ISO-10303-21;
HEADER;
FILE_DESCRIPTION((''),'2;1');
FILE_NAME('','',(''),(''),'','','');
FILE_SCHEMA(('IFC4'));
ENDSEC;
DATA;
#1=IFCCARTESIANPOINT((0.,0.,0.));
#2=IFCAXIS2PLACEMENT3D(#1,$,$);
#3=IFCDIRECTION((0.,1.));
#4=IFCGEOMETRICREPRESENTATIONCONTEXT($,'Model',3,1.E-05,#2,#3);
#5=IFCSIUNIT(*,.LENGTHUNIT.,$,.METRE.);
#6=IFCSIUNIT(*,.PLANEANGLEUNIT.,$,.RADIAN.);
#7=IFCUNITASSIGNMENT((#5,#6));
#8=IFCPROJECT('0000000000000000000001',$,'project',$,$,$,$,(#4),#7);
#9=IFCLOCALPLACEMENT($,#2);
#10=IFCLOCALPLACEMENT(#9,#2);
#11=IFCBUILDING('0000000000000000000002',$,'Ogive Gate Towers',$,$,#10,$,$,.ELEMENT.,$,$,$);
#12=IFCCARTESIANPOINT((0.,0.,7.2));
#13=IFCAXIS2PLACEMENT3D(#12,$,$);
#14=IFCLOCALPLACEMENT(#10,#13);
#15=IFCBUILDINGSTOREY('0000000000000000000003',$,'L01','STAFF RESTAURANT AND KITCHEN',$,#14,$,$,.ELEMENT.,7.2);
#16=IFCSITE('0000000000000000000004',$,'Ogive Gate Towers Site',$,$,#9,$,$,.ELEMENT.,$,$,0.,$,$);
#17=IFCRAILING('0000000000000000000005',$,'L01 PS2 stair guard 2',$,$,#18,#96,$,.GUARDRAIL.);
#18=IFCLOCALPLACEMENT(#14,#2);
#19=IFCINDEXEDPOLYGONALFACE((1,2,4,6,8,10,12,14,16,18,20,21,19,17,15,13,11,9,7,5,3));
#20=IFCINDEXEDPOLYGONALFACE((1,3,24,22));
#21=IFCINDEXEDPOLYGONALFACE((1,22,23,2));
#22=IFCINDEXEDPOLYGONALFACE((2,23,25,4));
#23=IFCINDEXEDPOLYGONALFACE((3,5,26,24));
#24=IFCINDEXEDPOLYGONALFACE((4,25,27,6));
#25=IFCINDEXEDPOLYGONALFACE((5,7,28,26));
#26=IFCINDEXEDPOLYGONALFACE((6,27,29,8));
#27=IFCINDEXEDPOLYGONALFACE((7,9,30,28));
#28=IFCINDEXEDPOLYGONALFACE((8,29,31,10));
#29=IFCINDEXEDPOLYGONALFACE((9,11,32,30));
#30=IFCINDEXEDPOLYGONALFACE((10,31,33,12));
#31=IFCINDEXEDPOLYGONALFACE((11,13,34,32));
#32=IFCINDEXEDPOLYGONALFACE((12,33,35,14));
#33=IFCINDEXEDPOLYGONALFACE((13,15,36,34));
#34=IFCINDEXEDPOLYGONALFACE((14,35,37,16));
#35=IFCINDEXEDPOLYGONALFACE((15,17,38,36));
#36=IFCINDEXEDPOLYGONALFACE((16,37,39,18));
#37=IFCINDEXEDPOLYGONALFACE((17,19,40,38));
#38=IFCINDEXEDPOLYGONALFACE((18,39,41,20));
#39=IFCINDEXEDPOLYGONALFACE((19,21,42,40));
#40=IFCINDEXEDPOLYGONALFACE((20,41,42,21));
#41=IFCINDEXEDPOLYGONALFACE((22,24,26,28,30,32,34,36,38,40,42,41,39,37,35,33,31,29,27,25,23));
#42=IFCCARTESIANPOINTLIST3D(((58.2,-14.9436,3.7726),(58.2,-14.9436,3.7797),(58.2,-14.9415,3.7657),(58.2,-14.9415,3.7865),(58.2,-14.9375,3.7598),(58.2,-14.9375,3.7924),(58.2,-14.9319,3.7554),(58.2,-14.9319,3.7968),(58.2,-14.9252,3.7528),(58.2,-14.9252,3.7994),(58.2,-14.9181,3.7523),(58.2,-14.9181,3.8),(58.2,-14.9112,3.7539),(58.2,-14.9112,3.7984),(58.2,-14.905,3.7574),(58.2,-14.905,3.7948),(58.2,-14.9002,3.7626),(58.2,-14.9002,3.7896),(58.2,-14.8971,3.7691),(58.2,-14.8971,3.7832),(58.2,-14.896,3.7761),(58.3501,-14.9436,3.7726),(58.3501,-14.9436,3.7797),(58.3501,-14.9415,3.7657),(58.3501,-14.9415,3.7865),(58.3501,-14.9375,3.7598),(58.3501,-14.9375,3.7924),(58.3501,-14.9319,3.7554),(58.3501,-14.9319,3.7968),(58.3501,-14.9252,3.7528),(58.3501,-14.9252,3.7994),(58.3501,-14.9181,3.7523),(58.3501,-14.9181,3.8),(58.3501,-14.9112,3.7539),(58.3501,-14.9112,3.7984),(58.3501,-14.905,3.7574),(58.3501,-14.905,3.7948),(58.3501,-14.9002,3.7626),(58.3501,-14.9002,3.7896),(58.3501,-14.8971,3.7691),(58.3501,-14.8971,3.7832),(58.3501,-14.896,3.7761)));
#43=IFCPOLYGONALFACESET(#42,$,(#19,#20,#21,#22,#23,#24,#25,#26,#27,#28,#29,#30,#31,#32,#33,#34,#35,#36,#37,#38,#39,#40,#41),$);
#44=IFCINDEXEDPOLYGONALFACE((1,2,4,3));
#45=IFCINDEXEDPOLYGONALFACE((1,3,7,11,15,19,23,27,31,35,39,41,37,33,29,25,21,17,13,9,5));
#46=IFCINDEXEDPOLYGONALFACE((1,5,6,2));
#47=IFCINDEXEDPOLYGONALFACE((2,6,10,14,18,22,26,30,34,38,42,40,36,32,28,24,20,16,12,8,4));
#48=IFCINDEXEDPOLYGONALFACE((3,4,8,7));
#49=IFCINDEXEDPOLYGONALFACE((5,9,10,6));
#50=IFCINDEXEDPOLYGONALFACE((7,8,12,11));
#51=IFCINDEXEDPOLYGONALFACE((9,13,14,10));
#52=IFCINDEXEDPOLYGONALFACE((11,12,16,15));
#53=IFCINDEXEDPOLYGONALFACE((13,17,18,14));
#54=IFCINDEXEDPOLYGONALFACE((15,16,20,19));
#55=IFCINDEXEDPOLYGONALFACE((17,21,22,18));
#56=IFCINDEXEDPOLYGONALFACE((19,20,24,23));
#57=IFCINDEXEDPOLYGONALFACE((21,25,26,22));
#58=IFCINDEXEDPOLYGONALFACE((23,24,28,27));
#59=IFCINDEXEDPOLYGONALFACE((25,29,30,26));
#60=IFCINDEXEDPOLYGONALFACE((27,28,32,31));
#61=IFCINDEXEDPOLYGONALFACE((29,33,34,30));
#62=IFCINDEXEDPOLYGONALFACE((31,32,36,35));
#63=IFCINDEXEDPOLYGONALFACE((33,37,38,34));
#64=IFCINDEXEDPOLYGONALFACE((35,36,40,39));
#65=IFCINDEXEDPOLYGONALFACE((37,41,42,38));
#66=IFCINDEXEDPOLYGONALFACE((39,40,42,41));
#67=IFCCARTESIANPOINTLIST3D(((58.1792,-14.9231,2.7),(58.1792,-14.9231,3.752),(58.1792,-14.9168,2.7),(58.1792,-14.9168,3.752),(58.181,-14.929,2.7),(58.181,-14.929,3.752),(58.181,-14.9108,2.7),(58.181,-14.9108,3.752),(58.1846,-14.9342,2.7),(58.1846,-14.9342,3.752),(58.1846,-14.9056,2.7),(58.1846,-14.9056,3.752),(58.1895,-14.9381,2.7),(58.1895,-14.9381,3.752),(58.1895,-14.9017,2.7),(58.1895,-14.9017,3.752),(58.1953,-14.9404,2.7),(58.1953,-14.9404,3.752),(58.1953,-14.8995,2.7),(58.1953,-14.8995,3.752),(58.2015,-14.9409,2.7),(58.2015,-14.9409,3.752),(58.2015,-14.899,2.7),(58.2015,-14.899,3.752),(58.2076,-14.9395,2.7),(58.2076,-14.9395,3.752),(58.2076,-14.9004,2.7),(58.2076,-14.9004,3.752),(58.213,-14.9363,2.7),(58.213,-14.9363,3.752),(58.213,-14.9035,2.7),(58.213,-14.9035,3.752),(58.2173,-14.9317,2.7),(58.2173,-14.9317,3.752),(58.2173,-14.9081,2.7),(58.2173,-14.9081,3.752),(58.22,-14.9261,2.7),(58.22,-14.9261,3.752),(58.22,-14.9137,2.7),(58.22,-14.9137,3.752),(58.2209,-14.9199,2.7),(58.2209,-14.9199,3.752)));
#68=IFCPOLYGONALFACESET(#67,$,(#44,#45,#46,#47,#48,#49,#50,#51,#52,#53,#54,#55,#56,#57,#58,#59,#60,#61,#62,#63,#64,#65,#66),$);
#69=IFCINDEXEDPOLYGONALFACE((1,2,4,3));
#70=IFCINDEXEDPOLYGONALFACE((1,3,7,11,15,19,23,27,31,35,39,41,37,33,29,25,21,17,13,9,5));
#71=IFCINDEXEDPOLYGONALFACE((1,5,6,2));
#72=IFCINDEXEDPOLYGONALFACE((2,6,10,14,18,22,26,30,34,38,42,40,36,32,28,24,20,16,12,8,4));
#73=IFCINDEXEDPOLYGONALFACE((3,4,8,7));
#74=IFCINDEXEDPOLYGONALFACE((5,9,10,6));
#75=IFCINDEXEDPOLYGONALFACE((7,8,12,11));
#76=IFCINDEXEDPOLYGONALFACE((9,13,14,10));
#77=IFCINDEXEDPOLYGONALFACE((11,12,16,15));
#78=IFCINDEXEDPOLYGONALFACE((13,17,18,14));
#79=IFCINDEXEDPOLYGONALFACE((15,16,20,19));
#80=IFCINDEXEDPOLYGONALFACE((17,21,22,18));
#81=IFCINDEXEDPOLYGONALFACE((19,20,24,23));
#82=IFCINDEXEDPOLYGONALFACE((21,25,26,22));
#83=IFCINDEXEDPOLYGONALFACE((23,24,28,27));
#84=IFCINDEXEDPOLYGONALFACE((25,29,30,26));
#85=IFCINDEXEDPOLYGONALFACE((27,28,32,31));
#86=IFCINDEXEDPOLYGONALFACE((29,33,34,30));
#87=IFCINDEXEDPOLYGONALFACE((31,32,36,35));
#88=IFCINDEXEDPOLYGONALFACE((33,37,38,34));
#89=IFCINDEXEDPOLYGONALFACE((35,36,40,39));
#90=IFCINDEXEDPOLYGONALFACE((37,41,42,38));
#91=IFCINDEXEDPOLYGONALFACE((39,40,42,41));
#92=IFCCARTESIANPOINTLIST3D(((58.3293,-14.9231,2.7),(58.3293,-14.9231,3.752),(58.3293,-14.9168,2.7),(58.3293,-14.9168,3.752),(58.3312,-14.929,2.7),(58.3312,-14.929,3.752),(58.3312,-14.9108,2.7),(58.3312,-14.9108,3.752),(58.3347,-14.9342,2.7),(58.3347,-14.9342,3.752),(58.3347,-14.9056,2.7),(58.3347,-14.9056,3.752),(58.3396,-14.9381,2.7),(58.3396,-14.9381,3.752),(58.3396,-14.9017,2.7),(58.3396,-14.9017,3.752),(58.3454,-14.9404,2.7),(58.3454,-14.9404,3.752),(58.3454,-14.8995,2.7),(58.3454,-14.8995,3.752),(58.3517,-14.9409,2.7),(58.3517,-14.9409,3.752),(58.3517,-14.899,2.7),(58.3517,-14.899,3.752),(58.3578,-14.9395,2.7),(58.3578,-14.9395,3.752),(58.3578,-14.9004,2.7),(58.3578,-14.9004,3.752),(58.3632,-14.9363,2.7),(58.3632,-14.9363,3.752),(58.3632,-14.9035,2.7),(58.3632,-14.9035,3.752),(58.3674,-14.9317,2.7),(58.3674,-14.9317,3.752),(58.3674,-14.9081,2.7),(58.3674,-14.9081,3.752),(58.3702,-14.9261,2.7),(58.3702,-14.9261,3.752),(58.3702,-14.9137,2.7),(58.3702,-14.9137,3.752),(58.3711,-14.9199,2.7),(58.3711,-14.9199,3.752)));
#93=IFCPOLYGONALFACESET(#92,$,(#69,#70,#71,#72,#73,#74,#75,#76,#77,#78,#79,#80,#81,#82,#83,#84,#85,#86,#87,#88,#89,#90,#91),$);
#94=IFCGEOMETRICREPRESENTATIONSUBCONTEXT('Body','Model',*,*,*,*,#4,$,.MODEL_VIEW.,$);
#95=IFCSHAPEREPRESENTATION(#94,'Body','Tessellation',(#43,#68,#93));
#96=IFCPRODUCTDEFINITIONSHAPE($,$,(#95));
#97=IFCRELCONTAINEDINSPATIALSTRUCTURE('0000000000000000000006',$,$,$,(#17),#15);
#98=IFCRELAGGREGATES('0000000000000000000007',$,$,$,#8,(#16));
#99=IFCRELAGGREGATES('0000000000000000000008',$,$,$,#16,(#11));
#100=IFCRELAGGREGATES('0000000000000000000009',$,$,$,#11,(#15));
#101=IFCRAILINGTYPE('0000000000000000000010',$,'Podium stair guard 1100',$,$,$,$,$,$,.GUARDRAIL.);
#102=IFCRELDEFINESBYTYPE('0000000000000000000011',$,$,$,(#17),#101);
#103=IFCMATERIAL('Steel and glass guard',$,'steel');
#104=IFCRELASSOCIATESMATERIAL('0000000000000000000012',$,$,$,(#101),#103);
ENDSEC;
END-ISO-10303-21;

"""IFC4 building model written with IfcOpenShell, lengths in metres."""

from ifc_helpers import new_model, si_unit, direction, frame, origin, origin_2d, place, context, subcontext, project, spatial, circle, extrude, material, type_object, element, save


model = new_model("IFC4")

# Units and contexts
model_context = context("Model", 3, precision=1e-05, world=origin(), true_north=direction((0.0, 1.0)))
body_context = subcontext(model_context, "Body", "Model", "MODEL_VIEW")
ifc_project = project(units=[si_unit("LENGTHUNIT", "METRE"), si_unit("PLANEANGLEUNIT", "RADIAN")], contexts=[model_context])

# Site, building, storey
site_placement = place(None, origin())
site = spatial("IfcSite", under=ifc_project, at=site_placement, Name="Ogive Gate Towers Site", CompositionType="ELEMENT", RefElevation=0.0)
building_placement = place(site_placement, origin())
building = spatial("IfcBuilding", under=site, at=building_placement, Name="Ogive Gate Towers", CompositionType="ELEMENT")
storey_placement = place(building_placement, frame((0.0, 0.0, 7.2)))
storey = spatial("IfcBuildingStorey", under=building, at=storey_placement, Name="L01", Description="STAFF RESTAURANT AND KITCHEN", CompositionType="ELEMENT", Elevation=7.2)

# Railing
ifc_material_1 = material(Name="Steel and glass guard", Category="steel")
railing_type_1 = type_object("IfcRailingType", Name="Podium stair guard 1100", PredefinedType="GUARDRAIL", material=ifc_material_1)
railing_1_placement = place(storey_placement, frame((58.2, -14.9199, 2.7)))
element("IfcRailing", 1, at=railing_1_placement, inside=storey, type_object=railing_type_1, Name="L01 PS2 stair guard 2", PredefinedType="GUARDRAIL", context=body_context, shape_type="SweptSolid", body=[
    extrude(circle(Radius=0.0239, at=origin_2d()), frame((0.0, 0.0, 1.0762), z_axis=(1.0, 0.0, 0.0), x_axis=(0.0, 1.0, 0.0)), (0.0, 0.0, 1.0), 0.1501),
    extrude(circle(Radius=0.021, at=origin_2d()), origin(), (0.0, 0.0, 1.0), 1.052),
    extrude(circle(Radius=0.021, at=origin_2d()), frame((0.1501, 0.0, 0.0)), (0.0, 0.0, 1.0), 1.052),
])

save(model, "model.ifc")
